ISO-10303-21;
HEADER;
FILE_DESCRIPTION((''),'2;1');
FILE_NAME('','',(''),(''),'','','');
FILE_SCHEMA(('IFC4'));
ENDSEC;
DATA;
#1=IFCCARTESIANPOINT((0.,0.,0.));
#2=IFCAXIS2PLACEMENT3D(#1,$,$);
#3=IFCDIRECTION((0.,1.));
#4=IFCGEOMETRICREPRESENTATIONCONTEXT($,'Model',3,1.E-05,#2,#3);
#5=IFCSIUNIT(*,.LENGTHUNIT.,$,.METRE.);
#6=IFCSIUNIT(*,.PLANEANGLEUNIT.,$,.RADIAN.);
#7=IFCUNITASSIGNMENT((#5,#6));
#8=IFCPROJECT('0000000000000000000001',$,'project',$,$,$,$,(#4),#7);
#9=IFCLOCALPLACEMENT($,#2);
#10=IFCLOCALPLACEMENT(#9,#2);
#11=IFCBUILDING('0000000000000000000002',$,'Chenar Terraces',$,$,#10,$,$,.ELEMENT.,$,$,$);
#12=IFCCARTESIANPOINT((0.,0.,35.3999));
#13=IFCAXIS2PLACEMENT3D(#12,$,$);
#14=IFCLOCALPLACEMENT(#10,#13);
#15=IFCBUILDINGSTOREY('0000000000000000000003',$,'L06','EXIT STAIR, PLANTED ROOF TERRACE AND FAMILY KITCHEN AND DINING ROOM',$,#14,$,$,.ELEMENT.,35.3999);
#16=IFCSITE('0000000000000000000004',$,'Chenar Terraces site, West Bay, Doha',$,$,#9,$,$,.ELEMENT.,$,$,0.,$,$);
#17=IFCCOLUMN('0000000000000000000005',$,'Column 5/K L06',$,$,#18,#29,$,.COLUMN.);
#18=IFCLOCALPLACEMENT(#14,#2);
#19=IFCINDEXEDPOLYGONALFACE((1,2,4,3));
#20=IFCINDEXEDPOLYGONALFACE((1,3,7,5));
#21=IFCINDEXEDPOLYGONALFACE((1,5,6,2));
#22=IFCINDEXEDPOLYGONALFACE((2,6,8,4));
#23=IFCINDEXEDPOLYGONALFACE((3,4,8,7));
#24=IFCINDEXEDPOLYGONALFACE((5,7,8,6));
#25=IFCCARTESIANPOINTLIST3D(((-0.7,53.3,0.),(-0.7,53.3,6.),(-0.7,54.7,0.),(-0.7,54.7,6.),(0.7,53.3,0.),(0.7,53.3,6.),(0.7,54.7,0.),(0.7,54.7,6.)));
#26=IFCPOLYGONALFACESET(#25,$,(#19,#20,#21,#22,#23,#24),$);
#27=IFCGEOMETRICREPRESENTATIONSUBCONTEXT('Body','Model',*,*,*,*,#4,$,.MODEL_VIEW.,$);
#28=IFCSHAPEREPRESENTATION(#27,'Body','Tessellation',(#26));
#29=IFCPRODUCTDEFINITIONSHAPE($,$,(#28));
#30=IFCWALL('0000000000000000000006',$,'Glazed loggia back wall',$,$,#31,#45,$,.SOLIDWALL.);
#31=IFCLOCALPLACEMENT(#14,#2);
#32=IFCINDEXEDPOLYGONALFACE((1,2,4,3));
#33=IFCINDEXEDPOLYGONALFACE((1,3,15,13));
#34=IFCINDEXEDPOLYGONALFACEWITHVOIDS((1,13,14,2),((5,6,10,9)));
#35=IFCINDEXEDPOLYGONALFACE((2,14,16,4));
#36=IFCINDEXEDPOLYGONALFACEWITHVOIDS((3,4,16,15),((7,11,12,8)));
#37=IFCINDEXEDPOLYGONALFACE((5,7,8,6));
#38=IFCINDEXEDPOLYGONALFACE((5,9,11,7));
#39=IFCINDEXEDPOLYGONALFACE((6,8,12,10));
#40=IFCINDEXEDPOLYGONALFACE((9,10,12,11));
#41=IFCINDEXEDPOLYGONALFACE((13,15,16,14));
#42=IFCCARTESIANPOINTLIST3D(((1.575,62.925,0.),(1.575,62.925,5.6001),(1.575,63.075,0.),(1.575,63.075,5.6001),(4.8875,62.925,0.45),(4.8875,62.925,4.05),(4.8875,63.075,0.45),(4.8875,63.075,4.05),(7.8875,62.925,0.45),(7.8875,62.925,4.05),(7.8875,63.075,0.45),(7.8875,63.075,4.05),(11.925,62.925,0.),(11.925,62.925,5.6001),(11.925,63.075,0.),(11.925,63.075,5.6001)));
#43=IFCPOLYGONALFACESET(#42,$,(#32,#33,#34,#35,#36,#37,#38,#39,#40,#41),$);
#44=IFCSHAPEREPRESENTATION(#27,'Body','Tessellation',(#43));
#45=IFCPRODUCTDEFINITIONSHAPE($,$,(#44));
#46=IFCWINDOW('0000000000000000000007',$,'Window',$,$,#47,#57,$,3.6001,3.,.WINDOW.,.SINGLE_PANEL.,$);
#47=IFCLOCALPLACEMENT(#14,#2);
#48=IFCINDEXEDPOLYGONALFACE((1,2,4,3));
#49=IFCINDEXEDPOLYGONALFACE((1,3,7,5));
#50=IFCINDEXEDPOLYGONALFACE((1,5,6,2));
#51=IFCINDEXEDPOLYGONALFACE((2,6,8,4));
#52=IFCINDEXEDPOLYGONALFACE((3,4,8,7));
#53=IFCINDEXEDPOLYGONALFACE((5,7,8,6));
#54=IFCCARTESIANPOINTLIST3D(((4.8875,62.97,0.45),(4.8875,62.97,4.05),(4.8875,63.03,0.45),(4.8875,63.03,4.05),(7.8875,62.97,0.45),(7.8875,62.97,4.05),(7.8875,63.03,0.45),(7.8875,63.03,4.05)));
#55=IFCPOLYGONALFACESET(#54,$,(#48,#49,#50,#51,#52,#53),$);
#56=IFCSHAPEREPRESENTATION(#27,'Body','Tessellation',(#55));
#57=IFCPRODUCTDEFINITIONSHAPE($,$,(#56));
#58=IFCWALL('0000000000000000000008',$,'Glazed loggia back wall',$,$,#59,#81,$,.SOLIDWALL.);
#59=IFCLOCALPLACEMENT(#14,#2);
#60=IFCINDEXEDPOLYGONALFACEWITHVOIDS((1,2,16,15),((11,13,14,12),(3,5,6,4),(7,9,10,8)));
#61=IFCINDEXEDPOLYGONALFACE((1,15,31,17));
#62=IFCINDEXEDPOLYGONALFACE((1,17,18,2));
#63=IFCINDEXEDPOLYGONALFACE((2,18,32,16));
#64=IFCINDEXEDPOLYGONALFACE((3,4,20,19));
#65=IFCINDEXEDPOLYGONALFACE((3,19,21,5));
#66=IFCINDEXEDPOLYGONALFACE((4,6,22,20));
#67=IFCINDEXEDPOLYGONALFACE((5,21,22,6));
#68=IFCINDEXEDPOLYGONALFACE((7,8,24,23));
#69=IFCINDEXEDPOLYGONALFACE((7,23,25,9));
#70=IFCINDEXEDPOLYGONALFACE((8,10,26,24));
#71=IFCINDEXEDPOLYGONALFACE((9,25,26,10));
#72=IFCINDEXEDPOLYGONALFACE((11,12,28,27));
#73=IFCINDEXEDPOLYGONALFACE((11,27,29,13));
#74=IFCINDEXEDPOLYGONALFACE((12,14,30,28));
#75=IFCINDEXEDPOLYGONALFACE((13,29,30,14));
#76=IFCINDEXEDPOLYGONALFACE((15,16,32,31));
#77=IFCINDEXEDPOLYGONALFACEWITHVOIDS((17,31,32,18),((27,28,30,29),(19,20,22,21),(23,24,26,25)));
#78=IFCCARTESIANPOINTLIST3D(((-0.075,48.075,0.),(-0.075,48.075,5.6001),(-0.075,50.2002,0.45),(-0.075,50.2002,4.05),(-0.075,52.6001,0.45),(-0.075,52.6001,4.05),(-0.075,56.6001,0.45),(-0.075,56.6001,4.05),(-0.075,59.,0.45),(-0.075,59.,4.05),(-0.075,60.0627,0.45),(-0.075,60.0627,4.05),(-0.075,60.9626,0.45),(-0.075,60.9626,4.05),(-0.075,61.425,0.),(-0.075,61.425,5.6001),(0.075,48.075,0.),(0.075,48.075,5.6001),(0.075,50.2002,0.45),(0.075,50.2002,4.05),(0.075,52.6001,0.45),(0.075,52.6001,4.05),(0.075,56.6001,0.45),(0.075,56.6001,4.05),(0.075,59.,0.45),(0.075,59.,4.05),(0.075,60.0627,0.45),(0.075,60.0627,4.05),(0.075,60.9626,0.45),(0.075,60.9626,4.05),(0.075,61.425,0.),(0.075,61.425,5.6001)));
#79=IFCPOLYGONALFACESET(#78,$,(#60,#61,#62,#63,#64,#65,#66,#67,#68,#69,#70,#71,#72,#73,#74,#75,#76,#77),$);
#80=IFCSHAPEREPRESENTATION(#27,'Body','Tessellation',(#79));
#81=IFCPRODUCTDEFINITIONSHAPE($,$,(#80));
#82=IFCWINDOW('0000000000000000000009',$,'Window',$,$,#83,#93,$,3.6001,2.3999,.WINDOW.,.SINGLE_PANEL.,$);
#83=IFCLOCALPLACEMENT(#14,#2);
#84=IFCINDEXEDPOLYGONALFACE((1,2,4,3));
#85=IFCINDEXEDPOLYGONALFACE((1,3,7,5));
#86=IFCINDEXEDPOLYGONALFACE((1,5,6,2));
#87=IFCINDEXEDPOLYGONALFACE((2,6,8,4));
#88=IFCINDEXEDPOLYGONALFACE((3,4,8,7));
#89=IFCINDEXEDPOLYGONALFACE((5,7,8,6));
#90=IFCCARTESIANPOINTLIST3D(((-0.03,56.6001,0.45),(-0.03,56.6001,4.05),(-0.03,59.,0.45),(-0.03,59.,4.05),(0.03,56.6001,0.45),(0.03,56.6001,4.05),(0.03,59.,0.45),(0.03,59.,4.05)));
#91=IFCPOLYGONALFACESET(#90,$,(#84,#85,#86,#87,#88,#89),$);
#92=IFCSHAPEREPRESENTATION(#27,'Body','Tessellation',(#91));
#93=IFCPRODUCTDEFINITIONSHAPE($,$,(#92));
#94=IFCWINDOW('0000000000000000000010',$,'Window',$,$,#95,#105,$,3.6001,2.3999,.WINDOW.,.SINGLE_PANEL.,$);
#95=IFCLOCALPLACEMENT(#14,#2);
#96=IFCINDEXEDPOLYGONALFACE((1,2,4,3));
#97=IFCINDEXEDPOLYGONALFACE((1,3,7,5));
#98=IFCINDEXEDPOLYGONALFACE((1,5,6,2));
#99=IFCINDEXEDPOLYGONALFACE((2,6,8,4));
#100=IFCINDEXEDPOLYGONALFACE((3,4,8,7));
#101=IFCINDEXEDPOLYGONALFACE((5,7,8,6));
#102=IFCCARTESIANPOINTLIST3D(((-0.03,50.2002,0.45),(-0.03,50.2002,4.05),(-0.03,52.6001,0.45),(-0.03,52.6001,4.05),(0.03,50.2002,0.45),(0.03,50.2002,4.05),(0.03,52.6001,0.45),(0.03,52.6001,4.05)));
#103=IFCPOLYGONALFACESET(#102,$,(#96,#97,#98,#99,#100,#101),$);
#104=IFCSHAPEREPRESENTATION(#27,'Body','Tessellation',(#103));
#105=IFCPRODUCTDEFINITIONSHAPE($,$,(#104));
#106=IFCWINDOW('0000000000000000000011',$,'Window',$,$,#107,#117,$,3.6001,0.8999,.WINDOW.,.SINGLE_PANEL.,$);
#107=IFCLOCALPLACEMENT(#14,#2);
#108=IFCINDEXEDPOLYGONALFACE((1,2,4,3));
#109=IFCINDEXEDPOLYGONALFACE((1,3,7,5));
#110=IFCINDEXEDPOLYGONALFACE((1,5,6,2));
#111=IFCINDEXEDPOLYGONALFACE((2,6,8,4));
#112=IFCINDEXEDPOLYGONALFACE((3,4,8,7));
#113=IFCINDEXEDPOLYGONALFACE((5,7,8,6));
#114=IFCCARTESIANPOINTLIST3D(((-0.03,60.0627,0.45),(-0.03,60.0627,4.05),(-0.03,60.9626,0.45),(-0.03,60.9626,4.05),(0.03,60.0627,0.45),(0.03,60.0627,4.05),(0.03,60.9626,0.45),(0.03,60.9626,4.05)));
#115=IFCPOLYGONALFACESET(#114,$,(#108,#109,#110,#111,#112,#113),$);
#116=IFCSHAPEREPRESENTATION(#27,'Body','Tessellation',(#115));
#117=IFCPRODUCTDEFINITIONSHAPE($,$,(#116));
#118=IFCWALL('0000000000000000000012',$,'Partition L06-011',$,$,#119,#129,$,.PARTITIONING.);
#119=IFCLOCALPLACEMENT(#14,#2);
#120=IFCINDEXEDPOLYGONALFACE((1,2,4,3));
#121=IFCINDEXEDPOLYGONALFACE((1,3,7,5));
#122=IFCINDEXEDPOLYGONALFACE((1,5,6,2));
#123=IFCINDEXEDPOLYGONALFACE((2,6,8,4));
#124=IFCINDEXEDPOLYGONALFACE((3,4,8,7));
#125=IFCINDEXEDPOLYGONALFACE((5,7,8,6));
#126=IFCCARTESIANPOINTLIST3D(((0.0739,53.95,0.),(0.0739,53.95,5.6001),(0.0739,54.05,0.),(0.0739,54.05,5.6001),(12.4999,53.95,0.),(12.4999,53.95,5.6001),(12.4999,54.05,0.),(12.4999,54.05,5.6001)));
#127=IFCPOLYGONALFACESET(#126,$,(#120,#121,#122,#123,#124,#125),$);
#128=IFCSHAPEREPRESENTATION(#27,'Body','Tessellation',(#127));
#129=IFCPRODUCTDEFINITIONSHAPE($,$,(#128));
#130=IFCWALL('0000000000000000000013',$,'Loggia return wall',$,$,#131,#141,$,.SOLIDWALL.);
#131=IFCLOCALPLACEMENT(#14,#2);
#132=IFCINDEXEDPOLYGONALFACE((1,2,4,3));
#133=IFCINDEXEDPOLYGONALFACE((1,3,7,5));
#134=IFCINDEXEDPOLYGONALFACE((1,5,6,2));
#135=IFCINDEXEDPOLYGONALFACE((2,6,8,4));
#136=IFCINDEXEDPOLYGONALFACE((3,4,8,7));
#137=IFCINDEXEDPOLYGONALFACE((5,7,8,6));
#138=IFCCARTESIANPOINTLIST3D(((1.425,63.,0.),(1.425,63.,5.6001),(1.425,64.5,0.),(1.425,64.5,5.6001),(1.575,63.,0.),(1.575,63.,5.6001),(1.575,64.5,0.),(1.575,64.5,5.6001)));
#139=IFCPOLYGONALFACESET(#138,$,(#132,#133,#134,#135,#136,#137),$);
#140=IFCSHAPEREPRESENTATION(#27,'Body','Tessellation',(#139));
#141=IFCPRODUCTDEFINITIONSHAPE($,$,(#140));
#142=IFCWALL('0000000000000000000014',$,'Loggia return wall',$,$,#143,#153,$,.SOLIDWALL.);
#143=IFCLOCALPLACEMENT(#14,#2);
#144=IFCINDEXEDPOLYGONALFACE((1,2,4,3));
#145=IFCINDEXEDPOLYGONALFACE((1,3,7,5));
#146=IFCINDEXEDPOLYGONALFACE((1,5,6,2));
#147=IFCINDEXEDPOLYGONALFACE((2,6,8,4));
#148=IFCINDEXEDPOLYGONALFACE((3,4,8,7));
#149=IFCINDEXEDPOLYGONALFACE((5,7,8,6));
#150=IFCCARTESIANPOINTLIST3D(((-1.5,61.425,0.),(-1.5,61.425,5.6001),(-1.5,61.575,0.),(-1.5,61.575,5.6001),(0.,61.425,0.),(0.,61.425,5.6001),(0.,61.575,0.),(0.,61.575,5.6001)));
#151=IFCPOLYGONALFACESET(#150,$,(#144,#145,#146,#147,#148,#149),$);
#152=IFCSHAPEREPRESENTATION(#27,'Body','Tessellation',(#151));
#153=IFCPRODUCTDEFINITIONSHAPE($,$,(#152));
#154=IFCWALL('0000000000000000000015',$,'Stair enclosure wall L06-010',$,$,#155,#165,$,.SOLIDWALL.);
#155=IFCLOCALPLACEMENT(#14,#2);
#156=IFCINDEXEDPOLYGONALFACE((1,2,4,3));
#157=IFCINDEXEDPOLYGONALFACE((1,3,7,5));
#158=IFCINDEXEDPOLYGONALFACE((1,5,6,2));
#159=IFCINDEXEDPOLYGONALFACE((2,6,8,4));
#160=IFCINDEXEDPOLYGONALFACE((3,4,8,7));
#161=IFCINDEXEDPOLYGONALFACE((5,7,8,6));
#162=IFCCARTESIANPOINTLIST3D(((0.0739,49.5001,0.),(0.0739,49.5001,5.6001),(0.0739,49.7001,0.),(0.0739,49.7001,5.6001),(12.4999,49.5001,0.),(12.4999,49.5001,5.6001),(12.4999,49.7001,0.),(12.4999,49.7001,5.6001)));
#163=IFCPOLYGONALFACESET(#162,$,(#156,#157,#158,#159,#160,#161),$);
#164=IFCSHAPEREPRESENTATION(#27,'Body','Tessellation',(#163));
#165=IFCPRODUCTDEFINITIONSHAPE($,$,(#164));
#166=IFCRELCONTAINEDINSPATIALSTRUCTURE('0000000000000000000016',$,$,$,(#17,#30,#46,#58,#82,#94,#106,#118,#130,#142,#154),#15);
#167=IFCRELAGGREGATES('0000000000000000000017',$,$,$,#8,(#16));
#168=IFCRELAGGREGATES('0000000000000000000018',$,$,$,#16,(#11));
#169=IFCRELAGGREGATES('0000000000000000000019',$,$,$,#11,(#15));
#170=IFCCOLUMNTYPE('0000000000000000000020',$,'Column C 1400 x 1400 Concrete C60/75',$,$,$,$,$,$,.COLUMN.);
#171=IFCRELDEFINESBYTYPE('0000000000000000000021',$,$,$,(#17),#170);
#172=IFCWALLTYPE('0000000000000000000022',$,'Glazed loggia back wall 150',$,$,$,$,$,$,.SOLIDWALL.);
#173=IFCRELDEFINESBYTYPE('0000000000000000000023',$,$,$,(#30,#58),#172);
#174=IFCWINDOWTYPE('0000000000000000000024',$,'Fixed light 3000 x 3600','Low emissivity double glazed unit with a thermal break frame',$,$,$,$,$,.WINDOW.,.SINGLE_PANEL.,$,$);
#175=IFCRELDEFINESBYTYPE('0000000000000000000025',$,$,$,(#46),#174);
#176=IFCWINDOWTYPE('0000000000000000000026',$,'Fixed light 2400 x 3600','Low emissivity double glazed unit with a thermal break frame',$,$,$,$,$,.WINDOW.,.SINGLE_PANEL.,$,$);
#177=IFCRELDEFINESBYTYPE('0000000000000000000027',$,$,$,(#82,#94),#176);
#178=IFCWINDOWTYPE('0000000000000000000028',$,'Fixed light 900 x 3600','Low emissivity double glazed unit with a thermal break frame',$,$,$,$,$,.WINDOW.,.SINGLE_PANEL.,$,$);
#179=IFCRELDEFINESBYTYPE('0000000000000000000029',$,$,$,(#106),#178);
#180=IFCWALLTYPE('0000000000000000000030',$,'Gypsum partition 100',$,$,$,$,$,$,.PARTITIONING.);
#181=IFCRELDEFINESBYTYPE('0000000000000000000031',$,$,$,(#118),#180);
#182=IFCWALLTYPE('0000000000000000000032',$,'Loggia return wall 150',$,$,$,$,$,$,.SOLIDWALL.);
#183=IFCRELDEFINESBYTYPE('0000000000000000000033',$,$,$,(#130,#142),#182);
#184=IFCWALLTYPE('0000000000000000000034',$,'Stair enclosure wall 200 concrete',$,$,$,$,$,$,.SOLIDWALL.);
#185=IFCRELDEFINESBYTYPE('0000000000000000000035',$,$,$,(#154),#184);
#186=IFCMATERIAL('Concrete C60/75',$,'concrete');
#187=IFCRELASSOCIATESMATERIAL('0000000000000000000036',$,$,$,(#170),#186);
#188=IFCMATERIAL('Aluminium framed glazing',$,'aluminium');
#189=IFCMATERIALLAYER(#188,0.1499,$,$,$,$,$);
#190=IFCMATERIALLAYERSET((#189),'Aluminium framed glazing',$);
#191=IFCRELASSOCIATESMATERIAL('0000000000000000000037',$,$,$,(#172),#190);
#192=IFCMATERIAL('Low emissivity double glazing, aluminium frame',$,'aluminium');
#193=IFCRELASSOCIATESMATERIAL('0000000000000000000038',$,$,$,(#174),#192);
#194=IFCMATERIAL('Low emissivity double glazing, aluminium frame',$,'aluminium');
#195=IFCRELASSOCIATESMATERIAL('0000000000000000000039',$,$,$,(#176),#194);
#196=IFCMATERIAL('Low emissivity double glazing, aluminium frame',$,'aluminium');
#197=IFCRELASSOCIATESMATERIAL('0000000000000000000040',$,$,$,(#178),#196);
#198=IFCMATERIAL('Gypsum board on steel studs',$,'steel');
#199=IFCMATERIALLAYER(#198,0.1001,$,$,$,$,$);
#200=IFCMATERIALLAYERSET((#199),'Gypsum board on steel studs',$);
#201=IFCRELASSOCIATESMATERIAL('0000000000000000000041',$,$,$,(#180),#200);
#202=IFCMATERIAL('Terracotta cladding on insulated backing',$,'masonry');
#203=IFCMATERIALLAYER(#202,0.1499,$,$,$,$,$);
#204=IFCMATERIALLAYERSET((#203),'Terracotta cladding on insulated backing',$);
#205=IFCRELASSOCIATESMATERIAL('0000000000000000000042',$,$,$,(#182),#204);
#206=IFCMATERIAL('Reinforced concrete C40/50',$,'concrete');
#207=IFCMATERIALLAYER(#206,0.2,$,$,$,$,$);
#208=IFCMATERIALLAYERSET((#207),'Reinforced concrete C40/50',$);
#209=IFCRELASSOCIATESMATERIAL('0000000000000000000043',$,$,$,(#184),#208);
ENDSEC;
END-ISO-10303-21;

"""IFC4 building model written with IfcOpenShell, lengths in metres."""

from ifc_helpers import new_model, si_unit, direction, frame, frame_2d, origin, origin_2d, place, context, subcontext, project, spatial, rectangle, extrude, material, layer, layer_set, material_profile, profile_set, type_object, element, fill, save


model = new_model("IFC4")

# Units and contexts
model_context = context("Model", 3, precision=1e-05, world=origin(), true_north=direction((0.0, 1.0)))
body_context = subcontext(model_context, "Body", "Model", "MODEL_VIEW")
ifc_project = project(units=[si_unit("LENGTHUNIT", "METRE"), si_unit("PLANEANGLEUNIT", "RADIAN")], contexts=[model_context])

# Site, building, storey
site_placement = place(None, origin())
site = spatial("IfcSite", under=ifc_project, at=site_placement, Name="Chenar Terraces site, West Bay, Doha", CompositionType="ELEMENT", RefElevation=0.0)
building_placement = place(site_placement, origin())
building = spatial("IfcBuilding", under=site, at=building_placement, Name="Chenar Terraces", CompositionType="ELEMENT")
storey_placement = place(building_placement, frame((0.0, 0.0, 35.3999)))
storey = spatial("IfcBuildingStorey", under=building, at=storey_placement, Name="L06", Description="EXIT STAIR, PLANTED ROOF TERRACE AND FAMILY KITCHEN AND DINING ROOM", CompositionType="ELEMENT", Elevation=35.3999)

# Column
ifc_material_1 = material(Name="Concrete C60/75", Category="concrete")
ifc_material_profile_1 = material_profile(ifc_material_1, rectangle(XDim=1.3999, YDim=1.3999, at=origin_2d()), Name="C 1400 x 1400")
ifc_profile_set_1 = profile_set([ifc_material_profile_1], Name="Concrete C60/75")
column_type = type_object("IfcColumnType", Name="Column C 1400 x 1400 Concrete C60/75", PredefinedType="COLUMN", material=ifc_profile_set_1)
column_placement = place(storey_placement, frame((0.0, 54.0, 0.0), z_axis=(0.0, 0.0, 1.0), x_axis=(1.0, 0.0, 0.0)))
element("IfcColumn", 1, at=column_placement, inside=storey, type_object=column_type, Name="Column 5/K L06", PredefinedType="COLUMN", context=body_context, shape_type="SweptSolid", body=[
    extrude(rectangle(XDim=1.3999, YDim=1.3999, at=origin_2d()), origin(), (0.0, 0.0, 1.0), 6.0),
])

# Wall, opening, window
ifc_material_2 = material(Name="Aluminium framed glazing", Category="aluminium")
ifc_layer_1 = layer(ifc_material_2, 0.1499)
ifc_layer_set_1 = layer_set([ifc_layer_1], Name="Aluminium framed glazing")
wall_type_1 = type_object("IfcWallType", Name="Glazed loggia back wall 150", PredefinedType="SOLIDWALL", material=ifc_layer_set_1)
wall_1_placement = place(storey_placement, frame((11.925, 63.0, 0.0), z_axis=(0.0, 0.0, 1.0), x_axis=(-1.0, 0.0, 0.0)))
wall_1 = element("IfcWall", 2, at=wall_1_placement, inside=storey, type_object=wall_type_1, Name="Glazed loggia back wall", PredefinedType="SOLIDWALL", context=body_context, shape_type="SweptSolid", body=[
    extrude(rectangle(XDim=10.3501, YDim=0.1499, at=frame_2d((5.175, 0.0))), origin(), (0.0, 0.0, 1.0), 5.6001),
])
opening_1_placement = place(wall_1_placement, frame((4.0376, 0.0, 0.45)))
opening_1 = element("IfcOpeningElement", 3, at=opening_1_placement, cuts=wall_1, PredefinedType="OPENING", context=body_context, shape_type="SweptSolid", body=[
    extrude(rectangle(XDim=3.0, YDim=3.6001, at=frame_2d((1.5, 1.8))), frame((0.0, 0.085, 0.0), z_axis=(0.0, -1.0, 0.0), x_axis=(1.0, 0.0, 0.0)), (0.0, 0.0, 1.0), 0.1699),
])
ifc_material_3 = material(Name="Low emissivity double glazing, aluminium frame", Category="aluminium")
window_type_1 = type_object("IfcWindowType", Name="Fixed light 3000 x 3600", Description="Low emissivity double glazed unit with a thermal break frame", PartitioningType="SINGLE_PANEL", PredefinedType="WINDOW", material=ifc_material_3)
window_1_placement = place(opening_1_placement, origin())
window_1 = element("IfcWindow", 4, at=window_1_placement, inside=storey, type_object=window_type_1, Name="Window", OverallHeight=3.6001, OverallWidth=3.0, PartitioningType="SINGLE_PANEL", PredefinedType="WINDOW", context=body_context, shape_type="SweptSolid", body=[
    extrude(rectangle(XDim=3.0, YDim=3.6001, at=frame_2d((1.5, 1.8))), frame((0.0, 0.03, 0.0), z_axis=(0.0, -1.0, 0.0), x_axis=(1.0, 0.0, 0.0)), (0.0, 0.0, 1.0), 0.0601),
])
fill(opening_1, window_1)

# Wall, openings, windows
wall_2_placement = place(storey_placement, frame((0.0, 61.425, 0.0), z_axis=(0.0, 0.0, 1.0), x_axis=(0.0, -1.0, 0.0)))
wall_2 = element("IfcWall", 5, at=wall_2_placement, inside=storey, type_object=wall_type_1, Name="Glazed loggia back wall", PredefinedType="SOLIDWALL", context=body_context, shape_type="SweptSolid", body=[
    extrude(rectangle(XDim=13.3501, YDim=0.1499, at=frame_2d((6.675, 0.0))), origin(), (0.0, 0.0, 1.0), 5.6001),
])
opening_2_placement = place(wall_2_placement, frame((0.4624, 0.0, 0.45)))
opening_2 = element("IfcOpeningElement", 6, at=opening_2_placement, cuts=wall_2, PredefinedType="OPENING", context=body_context, shape_type="SweptSolid", body=[
    extrude(rectangle(XDim=0.8999, YDim=3.6001, at=frame_2d((0.45, 1.8))), frame((0.0, 0.085, 0.0), z_axis=(0.0, -1.0, 0.0), x_axis=(1.0, 0.0, 0.0)), (0.0, 0.0, 1.0), 0.1699),
])
opening_3_placement = place(wall_2_placement, frame((2.425, 0.0, 0.45)))
opening_3 = element("IfcOpeningElement", 7, at=opening_3_placement, cuts=wall_2, PredefinedType="OPENING", context=body_context, shape_type="SweptSolid", body=[
    extrude(rectangle(XDim=2.3999, YDim=3.6001, at=frame_2d((1.2, 1.8))), frame((0.0, 0.085, 0.0), z_axis=(0.0, -1.0, 0.0), x_axis=(1.0, 0.0, 0.0)), (0.0, 0.0, 1.0), 0.1699),
])
opening_4_placement = place(wall_2_placement, frame((8.825, 0.0, 0.45)))
opening_4 = element("IfcOpeningElement", 8, at=opening_4_placement, cuts=wall_2, PredefinedType="OPENING", context=body_context, shape_type="SweptSolid", body=[
    extrude(rectangle(XDim=2.3999, YDim=3.6001, at=frame_2d((1.2, 1.8))), frame((0.0, 0.085, 0.0), z_axis=(0.0, -1.0, 0.0), x_axis=(1.0, 0.0, 0.0)), (0.0, 0.0, 1.0), 0.1699),
])
ifc_material_4 = material(Name="Low emissivity double glazing, aluminium frame", Category="aluminium")
window_type_2 = type_object("IfcWindowType", Name="Fixed light 2400 x 3600", Description="Low emissivity double glazed unit with a thermal break frame", PartitioningType="SINGLE_PANEL", PredefinedType="WINDOW", material=ifc_material_4)
window_2_placement = place(opening_3_placement, origin())
window_2 = element("IfcWindow", 9, at=window_2_placement, inside=storey, type_object=window_type_2, Name="Window", OverallHeight=3.6001, OverallWidth=2.3999, PartitioningType="SINGLE_PANEL", PredefinedType="WINDOW", context=body_context, shape_type="SweptSolid", body=[
    extrude(rectangle(XDim=2.3999, YDim=3.6001, at=frame_2d((1.2, 1.8))), frame((0.0, 0.03, 0.0), z_axis=(0.0, -1.0, 0.0), x_axis=(1.0, 0.0, 0.0)), (0.0, 0.0, 1.0), 0.0601),
])
fill(opening_3, window_2)
window_3_placement = place(opening_4_placement, origin())
window_3 = element("IfcWindow", 10, at=window_3_placement, inside=storey, type_object=window_type_2, Name="Window", OverallHeight=3.6001, OverallWidth=2.3999, PartitioningType="SINGLE_PANEL", PredefinedType="WINDOW", context=body_context, shape_type="SweptSolid", body=[
    extrude(rectangle(XDim=2.3999, YDim=3.6001, at=frame_2d((1.2, 1.8))), frame((0.0, 0.03, 0.0), z_axis=(0.0, -1.0, 0.0), x_axis=(1.0, 0.0, 0.0)), (0.0, 0.0, 1.0), 0.0601),
])
fill(opening_4, window_3)
ifc_material_5 = material(Name="Low emissivity double glazing, aluminium frame", Category="aluminium")
window_type_3 = type_object("IfcWindowType", Name="Fixed light 900 x 3600", Description="Low emissivity double glazed unit with a thermal break frame", PartitioningType="SINGLE_PANEL", PredefinedType="WINDOW", material=ifc_material_5)
window_4_placement = place(opening_2_placement, origin())
window_4 = element("IfcWindow", 11, at=window_4_placement, inside=storey, type_object=window_type_3, Name="Window", OverallHeight=3.6001, OverallWidth=0.8999, PartitioningType="SINGLE_PANEL", PredefinedType="WINDOW", context=body_context, shape_type="SweptSolid", body=[
    extrude(rectangle(XDim=0.8999, YDim=3.6001, at=frame_2d((0.45, 1.8))), frame((0.0, 0.03, 0.0), z_axis=(0.0, -1.0, 0.0), x_axis=(1.0, 0.0, 0.0)), (0.0, 0.0, 1.0), 0.0601),
])
fill(opening_2, window_4)

# Walls
ifc_material_6 = material(Name="Gypsum board on steel studs", Category="steel")
ifc_layer_2 = layer(ifc_material_6, 0.1001)
ifc_layer_set_2 = layer_set([ifc_layer_2], Name="Gypsum board on steel studs")
wall_type_2 = type_object("IfcWallType", Name="Gypsum partition 100", PredefinedType="PARTITIONING", material=ifc_layer_set_2)
wall_3_placement = place(storey_placement, frame((0.074, 54.0, 0.0), z_axis=(0.0, 0.0, 1.0), x_axis=(1.0, 0.0, 0.0)))
element("IfcWall", 12, at=wall_3_placement, inside=storey, type_object=wall_type_2, Name="Partition L06-011", PredefinedType="PARTITIONING", context=body_context, shape_type="SweptSolid", body=[
    extrude(rectangle(XDim=12.426, YDim=0.1001, at=frame_2d((6.2129, 0.0))), origin(), (0.0, 0.0, 1.0), 5.6001),
])
ifc_material_7 = material(Name="Terracotta cladding on insulated backing", Category="masonry")
ifc_layer_3 = layer(ifc_material_7, 0.1499)
ifc_layer_set_3 = layer_set([ifc_layer_3], Name="Terracotta cladding on insulated backing")
wall_type_3 = type_object("IfcWallType", Name="Loggia return wall 150", PredefinedType="SOLIDWALL", material=ifc_layer_set_3)
for number, where, z_axis, x_axis, name in (
    (13, (1.5, 64.5, 0.0), (0.0, 0.0, 1.0), (0.0, -1.0, 0.0), "Loggia return wall"),
    (14, (-1.5, 61.5, 0.0), (0.0, 0.0, 1.0), (1.0, 0.0, 0.0), "Loggia return wall"),
):
    element("IfcWall", number, at=place(storey_placement, frame(where, z_axis=z_axis, x_axis=x_axis)), inside=storey, type_object=wall_type_3, Name=name, PredefinedType="SOLIDWALL", context=body_context, shape_type="SweptSolid", body=[
        extrude(rectangle(XDim=1.5, YDim=0.1499, at=frame_2d((0.75, 0.0))), origin(), (0.0, 0.0, 1.0), 5.6001),
    ])
ifc_material_8 = material(Name="Reinforced concrete C40/50", Category="concrete")
ifc_layer_4 = layer(ifc_material_8, 0.2)
ifc_layer_set_4 = layer_set([ifc_layer_4], Name="Reinforced concrete C40/50")
wall_type_4 = type_object("IfcWallType", Name="Stair enclosure wall 200 concrete", PredefinedType="SOLIDWALL", material=ifc_layer_set_4)
for number, where, z_axis, x_axis, name in (
    (15, (0.074, 49.6001, 0.0), (0.0, 0.0, 1.0), (1.0, 0.0, 0.0), "Stair enclosure wall L06-010"),
):
    element("IfcWall", number, at=place(storey_placement, frame(where, z_axis=z_axis, x_axis=x_axis)), inside=storey, type_object=wall_type_4, Name=name, PredefinedType="SOLIDWALL", context=body_context, shape_type="SweptSolid", body=[
        extrude(rectangle(XDim=12.426, YDim=0.2, at=frame_2d((6.2129, 0.0))), origin(), (0.0, 0.0, 1.0), 5.6001),
    ])

save(model, "model.ifc")
